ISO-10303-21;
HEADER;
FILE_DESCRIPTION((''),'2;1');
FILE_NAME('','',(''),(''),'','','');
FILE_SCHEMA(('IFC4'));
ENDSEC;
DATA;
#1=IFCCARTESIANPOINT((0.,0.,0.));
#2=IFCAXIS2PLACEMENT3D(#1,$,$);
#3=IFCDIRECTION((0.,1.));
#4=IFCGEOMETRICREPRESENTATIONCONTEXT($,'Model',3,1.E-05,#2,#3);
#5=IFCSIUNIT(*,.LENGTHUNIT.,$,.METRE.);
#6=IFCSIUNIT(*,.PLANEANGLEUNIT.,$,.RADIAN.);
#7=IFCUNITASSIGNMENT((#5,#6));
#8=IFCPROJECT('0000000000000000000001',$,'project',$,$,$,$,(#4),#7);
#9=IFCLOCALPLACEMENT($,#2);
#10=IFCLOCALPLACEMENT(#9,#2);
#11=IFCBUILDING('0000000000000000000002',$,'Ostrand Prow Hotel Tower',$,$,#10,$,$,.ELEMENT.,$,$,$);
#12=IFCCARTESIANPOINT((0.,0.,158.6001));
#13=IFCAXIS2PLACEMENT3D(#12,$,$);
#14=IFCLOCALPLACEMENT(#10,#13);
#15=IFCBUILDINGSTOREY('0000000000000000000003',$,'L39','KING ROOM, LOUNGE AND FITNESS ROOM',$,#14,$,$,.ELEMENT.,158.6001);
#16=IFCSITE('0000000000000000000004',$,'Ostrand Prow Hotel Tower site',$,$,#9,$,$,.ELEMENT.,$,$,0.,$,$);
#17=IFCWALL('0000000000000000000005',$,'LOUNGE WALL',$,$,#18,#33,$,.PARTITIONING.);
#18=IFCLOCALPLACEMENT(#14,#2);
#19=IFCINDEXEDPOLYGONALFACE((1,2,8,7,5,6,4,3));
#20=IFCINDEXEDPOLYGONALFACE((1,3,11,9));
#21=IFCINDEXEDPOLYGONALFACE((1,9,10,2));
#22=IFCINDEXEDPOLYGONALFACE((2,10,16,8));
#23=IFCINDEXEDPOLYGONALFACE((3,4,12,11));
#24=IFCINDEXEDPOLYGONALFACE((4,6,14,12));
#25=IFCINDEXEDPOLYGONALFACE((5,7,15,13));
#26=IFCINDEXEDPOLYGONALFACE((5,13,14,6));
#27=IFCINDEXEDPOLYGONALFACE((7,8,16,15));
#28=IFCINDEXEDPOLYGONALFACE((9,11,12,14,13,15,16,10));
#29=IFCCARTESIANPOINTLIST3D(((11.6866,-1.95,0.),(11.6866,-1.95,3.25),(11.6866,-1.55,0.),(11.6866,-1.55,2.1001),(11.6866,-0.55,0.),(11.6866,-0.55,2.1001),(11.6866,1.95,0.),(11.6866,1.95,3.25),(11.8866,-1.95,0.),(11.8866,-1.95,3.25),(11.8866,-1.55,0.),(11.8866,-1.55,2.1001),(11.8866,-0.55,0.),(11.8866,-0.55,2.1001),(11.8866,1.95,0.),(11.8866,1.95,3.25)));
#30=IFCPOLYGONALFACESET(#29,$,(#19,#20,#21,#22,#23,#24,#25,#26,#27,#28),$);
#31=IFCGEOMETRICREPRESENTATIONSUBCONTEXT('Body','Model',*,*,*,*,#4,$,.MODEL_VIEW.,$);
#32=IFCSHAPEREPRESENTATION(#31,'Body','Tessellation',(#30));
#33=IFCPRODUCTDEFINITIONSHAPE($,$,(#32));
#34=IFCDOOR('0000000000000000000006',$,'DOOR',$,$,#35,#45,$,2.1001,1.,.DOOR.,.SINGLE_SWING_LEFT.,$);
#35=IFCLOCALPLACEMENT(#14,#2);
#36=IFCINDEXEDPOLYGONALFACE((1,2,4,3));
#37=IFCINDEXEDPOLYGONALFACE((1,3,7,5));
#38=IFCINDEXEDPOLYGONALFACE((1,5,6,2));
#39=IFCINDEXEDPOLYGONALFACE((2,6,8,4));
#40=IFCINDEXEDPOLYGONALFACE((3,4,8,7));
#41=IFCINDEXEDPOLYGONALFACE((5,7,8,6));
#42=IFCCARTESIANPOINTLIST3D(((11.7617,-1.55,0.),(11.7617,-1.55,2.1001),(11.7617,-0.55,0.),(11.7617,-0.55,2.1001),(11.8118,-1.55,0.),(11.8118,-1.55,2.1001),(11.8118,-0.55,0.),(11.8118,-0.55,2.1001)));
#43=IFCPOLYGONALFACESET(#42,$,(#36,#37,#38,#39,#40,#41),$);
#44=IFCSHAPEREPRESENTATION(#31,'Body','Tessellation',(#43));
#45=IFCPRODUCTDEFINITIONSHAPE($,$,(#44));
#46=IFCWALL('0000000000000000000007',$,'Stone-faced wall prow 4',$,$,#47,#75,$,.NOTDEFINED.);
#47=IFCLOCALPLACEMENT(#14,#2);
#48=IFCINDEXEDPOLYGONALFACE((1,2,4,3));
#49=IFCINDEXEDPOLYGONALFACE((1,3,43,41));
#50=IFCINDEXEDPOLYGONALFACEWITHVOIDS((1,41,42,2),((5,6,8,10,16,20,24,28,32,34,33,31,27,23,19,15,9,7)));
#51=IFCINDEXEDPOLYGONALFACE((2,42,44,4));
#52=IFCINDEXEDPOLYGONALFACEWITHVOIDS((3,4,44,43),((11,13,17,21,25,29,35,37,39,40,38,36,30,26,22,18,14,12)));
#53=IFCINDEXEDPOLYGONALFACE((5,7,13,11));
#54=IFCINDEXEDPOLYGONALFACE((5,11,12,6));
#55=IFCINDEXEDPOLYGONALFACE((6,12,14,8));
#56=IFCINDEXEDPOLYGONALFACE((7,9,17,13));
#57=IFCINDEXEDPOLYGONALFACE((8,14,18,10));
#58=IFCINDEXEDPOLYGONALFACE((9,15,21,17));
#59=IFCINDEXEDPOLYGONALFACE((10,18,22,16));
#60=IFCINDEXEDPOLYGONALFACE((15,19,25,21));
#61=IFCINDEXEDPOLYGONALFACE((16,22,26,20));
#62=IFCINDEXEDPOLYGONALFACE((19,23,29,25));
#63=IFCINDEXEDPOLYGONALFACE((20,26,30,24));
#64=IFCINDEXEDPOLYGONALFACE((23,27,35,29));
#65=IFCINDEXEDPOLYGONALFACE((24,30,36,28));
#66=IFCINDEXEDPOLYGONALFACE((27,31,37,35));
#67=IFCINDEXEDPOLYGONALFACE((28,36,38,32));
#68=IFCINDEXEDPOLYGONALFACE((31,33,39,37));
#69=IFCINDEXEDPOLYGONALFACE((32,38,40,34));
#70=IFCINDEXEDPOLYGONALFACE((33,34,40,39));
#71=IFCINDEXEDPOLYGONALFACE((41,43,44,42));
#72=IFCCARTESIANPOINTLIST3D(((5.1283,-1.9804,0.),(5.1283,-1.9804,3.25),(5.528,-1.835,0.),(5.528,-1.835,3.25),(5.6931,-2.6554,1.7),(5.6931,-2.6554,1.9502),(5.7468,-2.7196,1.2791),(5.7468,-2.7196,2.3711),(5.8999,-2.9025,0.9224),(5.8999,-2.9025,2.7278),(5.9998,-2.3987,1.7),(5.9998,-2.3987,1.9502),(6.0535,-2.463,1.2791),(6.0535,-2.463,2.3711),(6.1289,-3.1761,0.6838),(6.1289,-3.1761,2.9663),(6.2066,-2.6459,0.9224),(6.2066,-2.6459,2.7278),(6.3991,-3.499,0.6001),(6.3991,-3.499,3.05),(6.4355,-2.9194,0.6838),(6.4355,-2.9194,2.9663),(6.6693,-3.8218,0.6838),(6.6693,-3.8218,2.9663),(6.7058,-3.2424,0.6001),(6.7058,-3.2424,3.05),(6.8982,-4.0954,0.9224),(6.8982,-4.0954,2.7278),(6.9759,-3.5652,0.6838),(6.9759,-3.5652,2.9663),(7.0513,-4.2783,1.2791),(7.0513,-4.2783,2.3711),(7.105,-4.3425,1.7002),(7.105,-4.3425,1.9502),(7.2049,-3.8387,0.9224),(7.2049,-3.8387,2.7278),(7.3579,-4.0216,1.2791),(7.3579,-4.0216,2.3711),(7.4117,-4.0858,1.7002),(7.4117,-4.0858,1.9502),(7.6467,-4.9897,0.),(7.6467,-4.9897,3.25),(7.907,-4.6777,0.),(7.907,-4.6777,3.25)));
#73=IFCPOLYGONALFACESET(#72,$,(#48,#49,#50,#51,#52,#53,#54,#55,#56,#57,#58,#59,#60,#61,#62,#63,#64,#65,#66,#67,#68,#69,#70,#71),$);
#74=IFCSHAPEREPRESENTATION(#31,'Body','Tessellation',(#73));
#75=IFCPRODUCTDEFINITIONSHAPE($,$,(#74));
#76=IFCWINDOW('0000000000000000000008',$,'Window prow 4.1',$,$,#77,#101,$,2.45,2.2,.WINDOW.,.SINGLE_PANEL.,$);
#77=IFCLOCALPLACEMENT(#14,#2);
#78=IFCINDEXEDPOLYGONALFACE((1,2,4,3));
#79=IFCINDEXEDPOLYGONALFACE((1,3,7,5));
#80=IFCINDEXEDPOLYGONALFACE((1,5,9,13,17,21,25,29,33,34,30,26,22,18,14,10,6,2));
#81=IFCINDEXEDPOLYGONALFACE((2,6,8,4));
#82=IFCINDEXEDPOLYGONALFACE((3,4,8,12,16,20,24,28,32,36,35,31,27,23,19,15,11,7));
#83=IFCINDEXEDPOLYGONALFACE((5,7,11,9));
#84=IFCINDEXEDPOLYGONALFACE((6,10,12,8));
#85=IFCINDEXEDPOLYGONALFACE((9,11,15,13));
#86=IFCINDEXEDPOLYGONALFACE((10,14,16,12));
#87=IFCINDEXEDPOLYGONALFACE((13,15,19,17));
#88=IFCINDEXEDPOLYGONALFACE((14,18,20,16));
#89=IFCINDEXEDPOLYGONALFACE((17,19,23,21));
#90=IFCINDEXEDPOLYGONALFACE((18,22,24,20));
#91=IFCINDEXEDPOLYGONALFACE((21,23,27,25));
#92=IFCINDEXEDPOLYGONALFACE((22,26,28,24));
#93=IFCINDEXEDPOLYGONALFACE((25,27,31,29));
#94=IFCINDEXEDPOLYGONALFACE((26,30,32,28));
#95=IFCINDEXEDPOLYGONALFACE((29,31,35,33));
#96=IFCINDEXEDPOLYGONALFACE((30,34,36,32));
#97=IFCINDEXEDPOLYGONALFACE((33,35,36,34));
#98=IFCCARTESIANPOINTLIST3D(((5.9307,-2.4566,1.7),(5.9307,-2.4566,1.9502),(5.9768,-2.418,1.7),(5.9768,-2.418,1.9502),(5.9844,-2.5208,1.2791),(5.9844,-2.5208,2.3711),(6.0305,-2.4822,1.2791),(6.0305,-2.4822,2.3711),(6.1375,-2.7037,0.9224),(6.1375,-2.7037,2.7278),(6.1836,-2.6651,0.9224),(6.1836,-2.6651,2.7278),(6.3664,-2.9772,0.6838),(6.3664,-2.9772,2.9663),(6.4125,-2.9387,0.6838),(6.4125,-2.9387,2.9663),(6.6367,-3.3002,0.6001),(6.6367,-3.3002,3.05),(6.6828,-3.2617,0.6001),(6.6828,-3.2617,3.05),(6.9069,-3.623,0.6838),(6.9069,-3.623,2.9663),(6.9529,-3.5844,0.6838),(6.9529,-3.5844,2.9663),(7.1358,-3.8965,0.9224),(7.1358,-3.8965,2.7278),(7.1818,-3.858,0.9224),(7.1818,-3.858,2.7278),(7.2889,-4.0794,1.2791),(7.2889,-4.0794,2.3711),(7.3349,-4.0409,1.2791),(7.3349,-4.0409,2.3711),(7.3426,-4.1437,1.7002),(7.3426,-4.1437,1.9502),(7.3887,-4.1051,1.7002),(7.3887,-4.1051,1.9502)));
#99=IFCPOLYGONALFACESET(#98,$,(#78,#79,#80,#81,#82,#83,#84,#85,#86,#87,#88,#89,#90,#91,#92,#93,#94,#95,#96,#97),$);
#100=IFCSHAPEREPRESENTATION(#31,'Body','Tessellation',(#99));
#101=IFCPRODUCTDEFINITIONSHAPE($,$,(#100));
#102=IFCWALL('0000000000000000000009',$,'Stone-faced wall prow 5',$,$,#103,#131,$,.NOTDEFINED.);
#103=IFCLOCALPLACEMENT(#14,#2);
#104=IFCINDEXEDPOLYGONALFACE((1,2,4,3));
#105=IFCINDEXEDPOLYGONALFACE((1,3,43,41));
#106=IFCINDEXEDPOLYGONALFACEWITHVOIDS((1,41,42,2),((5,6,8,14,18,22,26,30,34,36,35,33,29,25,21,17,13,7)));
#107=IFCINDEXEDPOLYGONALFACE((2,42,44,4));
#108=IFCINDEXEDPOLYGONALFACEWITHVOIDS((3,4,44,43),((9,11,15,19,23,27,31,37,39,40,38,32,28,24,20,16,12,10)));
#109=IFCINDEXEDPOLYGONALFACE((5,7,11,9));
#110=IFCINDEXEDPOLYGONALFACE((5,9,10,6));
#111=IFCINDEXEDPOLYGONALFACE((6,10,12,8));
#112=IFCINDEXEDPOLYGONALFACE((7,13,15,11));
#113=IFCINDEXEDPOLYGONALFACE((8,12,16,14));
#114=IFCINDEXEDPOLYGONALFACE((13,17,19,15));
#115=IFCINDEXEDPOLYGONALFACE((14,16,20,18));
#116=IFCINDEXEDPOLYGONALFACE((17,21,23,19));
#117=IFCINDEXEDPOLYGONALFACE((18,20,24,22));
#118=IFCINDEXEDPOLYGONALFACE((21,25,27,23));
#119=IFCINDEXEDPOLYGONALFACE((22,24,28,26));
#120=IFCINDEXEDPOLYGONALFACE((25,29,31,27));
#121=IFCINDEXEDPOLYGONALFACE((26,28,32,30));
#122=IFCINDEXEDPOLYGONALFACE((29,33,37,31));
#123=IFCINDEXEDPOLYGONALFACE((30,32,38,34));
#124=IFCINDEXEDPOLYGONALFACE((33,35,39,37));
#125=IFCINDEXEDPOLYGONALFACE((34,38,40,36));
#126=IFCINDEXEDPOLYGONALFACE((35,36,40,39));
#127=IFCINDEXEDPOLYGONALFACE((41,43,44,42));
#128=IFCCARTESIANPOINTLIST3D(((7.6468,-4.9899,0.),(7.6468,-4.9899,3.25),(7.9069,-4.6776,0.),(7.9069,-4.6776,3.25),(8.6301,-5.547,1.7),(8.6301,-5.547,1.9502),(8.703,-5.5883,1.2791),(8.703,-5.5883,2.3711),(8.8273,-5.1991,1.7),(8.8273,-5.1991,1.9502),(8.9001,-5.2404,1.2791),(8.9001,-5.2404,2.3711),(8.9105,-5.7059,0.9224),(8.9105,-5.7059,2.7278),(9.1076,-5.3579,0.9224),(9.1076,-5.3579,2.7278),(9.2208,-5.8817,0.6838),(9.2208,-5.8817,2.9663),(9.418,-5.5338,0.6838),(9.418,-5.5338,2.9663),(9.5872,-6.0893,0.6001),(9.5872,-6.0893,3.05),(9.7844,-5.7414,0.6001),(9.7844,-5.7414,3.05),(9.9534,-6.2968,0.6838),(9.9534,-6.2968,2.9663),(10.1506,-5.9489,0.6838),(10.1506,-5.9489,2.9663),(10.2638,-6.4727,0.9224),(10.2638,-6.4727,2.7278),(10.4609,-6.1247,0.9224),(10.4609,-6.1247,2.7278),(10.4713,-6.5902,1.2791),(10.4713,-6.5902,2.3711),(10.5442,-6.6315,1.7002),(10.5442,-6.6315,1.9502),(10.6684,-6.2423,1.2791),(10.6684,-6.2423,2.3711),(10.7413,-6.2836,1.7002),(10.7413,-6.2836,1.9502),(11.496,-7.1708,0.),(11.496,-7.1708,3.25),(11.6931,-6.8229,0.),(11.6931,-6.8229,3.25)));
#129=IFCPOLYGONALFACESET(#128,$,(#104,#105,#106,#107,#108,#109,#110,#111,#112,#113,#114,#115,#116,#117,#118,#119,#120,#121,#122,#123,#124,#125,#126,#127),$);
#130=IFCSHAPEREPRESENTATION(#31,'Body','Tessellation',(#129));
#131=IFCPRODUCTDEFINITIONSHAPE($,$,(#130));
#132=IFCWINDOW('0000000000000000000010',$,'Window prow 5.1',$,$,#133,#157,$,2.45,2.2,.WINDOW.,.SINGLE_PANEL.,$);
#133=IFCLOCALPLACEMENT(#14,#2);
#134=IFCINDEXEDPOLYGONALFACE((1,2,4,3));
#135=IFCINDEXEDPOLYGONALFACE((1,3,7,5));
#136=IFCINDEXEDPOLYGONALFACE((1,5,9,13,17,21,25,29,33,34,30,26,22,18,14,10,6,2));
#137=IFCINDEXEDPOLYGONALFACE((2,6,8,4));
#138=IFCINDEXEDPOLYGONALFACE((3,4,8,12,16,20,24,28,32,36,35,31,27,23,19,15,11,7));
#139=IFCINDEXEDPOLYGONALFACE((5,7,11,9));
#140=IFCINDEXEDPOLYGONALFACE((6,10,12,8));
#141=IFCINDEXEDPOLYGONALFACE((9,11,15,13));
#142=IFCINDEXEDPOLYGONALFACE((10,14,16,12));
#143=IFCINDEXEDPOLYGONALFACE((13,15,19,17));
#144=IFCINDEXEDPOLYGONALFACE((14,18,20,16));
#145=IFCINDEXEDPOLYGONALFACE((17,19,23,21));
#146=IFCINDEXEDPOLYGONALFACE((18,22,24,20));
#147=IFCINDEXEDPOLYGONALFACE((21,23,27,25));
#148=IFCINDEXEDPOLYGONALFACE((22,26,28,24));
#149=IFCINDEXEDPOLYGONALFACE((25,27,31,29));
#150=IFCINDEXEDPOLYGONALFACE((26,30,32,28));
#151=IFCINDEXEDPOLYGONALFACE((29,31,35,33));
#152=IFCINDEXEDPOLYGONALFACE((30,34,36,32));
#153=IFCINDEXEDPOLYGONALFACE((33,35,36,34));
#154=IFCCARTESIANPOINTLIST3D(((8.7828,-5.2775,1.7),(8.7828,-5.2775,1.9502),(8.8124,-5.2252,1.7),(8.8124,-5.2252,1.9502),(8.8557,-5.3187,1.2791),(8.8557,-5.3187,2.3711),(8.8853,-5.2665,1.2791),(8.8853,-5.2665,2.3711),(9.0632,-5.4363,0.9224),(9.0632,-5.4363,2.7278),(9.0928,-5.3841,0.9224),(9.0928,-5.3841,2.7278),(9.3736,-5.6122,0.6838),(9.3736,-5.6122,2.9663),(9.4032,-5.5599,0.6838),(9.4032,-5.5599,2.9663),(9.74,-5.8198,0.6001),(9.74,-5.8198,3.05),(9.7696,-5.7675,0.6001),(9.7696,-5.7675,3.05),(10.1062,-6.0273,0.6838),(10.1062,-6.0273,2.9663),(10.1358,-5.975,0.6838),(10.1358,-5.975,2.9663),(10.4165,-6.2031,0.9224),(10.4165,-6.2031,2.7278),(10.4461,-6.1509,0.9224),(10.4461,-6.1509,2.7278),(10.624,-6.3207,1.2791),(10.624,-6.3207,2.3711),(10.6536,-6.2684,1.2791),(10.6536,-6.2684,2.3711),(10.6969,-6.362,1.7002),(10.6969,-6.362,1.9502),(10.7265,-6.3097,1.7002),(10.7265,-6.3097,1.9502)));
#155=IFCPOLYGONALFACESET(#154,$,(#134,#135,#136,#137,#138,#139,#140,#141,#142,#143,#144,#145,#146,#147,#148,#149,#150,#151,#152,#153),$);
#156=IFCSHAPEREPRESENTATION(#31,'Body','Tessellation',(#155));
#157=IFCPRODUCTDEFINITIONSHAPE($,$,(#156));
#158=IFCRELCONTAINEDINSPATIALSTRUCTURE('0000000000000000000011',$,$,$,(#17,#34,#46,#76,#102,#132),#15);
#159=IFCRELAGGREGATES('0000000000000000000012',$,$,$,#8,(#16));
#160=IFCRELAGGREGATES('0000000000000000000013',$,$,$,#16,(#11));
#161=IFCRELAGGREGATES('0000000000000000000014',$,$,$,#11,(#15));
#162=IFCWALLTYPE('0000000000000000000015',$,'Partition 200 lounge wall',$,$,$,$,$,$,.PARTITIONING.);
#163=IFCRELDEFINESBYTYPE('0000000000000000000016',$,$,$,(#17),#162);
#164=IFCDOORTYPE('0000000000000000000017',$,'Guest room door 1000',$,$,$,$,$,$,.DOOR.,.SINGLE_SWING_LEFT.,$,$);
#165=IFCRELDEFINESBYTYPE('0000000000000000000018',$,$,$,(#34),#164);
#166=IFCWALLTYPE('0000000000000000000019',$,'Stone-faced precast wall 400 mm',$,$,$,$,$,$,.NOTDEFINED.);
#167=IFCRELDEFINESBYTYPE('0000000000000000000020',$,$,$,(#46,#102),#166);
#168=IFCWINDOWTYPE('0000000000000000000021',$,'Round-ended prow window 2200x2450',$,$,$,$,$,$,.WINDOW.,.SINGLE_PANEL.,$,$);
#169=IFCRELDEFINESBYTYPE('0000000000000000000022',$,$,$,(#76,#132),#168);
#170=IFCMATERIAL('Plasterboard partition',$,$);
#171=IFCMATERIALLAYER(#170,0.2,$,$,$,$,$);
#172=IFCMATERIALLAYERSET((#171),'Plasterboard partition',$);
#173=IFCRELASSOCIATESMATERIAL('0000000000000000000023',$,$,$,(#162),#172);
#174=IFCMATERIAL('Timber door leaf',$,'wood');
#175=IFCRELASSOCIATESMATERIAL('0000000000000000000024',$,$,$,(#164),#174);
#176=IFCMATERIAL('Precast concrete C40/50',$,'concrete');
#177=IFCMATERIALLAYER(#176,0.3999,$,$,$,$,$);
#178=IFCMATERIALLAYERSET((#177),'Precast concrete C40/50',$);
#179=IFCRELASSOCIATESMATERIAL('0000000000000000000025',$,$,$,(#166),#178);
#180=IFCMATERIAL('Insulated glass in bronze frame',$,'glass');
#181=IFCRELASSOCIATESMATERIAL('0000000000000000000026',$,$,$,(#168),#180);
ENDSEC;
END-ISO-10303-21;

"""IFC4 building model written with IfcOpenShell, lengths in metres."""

from ifc_helpers import new_model, si_unit, direction, frame, frame_2d, origin, place, context, subcontext, project, spatial, polyline, rectangle, outline, extrude, material, layer, layer_set, type_object, element, fill, save


model = new_model("IFC4")

# Units and contexts
model_context = context("Model", 3, precision=1e-05, world=origin(), true_north=direction((0.0, 1.0)))
body_context = subcontext(model_context, "Body", "Model", "MODEL_VIEW")
ifc_project = project(units=[si_unit("LENGTHUNIT", "METRE"), si_unit("PLANEANGLEUNIT", "RADIAN")], contexts=[model_context])

# Site, building, storey
site_placement = place(None, origin())
site = spatial("IfcSite", under=ifc_project, at=site_placement, Name="Ostrand Prow Hotel Tower site", CompositionType="ELEMENT", RefElevation=0.0)
building_placement = place(site_placement, origin())
building = spatial("IfcBuilding", under=site, at=building_placement, Name="Ostrand Prow Hotel Tower", CompositionType="ELEMENT")
storey_placement = place(building_placement, frame((0.0, 0.0, 158.6001)))
storey = spatial("IfcBuildingStorey", under=building, at=storey_placement, Name="L39", Description="KING ROOM, LOUNGE AND FITNESS ROOM", CompositionType="ELEMENT", Elevation=158.6001)

# Wall, opening, door
ifc_material_1 = material(Name="Plasterboard partition")
ifc_layer_1 = layer(ifc_material_1, 0.2)
ifc_layer_set_1 = layer_set([ifc_layer_1], Name="Plasterboard partition")
wall_type_1 = type_object("IfcWallType", Name="Partition 200 lounge wall", PredefinedType="PARTITIONING", material=ifc_layer_set_1)
wall_1_placement = place(storey_placement, frame((11.7866, -1.95, 0.0), z_axis=(0.0, 0.0, 1.0), x_axis=(0.0, 1.0, 0.0)))
wall_1 = element("IfcWall", 1, at=wall_1_placement, inside=storey, type_object=wall_type_1, Name="LOUNGE WALL", PredefinedType="PARTITIONING", context=body_context, shape_type="SweptSolid", body=[
    extrude(rectangle(XDim=3.8999, YDim=0.2, at=frame_2d((1.95, 0.0))), origin(), (0.0, 0.0, 1.0), 3.25),
])
opening_1_placement = place(wall_1_placement, frame((0.3999, 0.0, 0.0)))
opening_1 = element("IfcOpeningElement", 2, at=opening_1_placement, cuts=wall_1, PredefinedType="OPENING", context=body_context, shape_type="SweptSolid", body=[
    extrude(rectangle(XDim=1.0, YDim=2.1001, at=frame_2d((0.5, 1.05))), frame((0.0, 0.1099, 0.0), z_axis=(0.0, -1.0, 0.0), x_axis=(1.0, 0.0, 0.0)), (0.0, 0.0, 1.0), 0.22),
])
ifc_material_2 = material(Name="Timber door leaf", Category="wood")
door_type_1 = type_object("IfcDoorType", Name="Guest room door 1000", OperationType="SINGLE_SWING_LEFT", PredefinedType="DOOR", material=ifc_material_2)
door_1_placement = place(opening_1_placement, origin())
door_1 = element("IfcDoor", 3, at=door_1_placement, inside=storey, type_object=door_type_1, Name="DOOR", OperationType="SINGLE_SWING_LEFT", OverallHeight=2.1001, OverallWidth=1.0, PredefinedType="DOOR", context=body_context, shape_type="SweptSolid", body=[
    extrude(rectangle(XDim=1.0, YDim=2.1001, at=frame_2d((0.5, 1.05))), frame((0.0, 0.0249, 0.0), z_axis=(0.0, -1.0, 0.0), x_axis=(1.0, 0.0, 0.0)), (0.0, 0.0, 1.0), 0.05),
])
fill(opening_1, door_1)

# Walls, openings, windows
ifc_material_3 = material(Name="Precast concrete C40/50", Category="concrete")
ifc_layer_2 = layer(ifc_material_3, 0.3999)
ifc_layer_set_2 = layer_set([ifc_layer_2], Name="Precast concrete C40/50")
wall_type_2 = type_object("IfcWallType", Name="Stone-faced precast wall 400 mm", PredefinedType="NOTDEFINED", material=ifc_layer_set_2)
wall_2_placement = place(storey_placement, frame((5.3281, -1.9077, 0.0), z_axis=(0.0, 0.0, 1.0), x_axis=(0.641788, -0.766882, 0.0)))
wall_2 = element("IfcWall", 4, at=wall_2_placement, inside=storey, type_object=wall_type_2, Name="Stone-faced wall prow 4", PredefinedType="NOTDEFINED", context=body_context, shape_type="SweptSolid", body=[
    extrude(outline(polyline([(-0.0725, -0.2), (3.8516, -0.2), (3.7793, 0.2), (0.0725, 0.2), (-0.0725, -0.2)])), origin(), (0.0, 0.0, 1.0), 3.25),
])
opening_2_placement = place(wall_2_placement, frame((0.8076, 0.0, 0.6001)))
opening_2 = element("IfcOpeningElement", 5, at=opening_2_placement, cuts=wall_2, PredefinedType="OPENING", context=body_context, shape_type="SweptSolid", body=[
    extrude(outline(polyline([(0.0, 1.3501), (0.0837, 1.771), (0.3223, 2.1277), (0.679, 2.3662), (1.1001, 2.45), (1.521, 2.3662), (1.8777, 2.1277), (2.1162, 1.771), (2.2, 1.3501), (2.2, 1.1001), (2.1162, 0.679), (1.8777, 0.3223), (1.521, 0.0837), (1.1001, 0.0), (0.679, 0.0837), (0.3223, 0.3223), (0.0837, 0.679), (0.0, 1.0999), (0.0, 1.3501)])), frame((0.0, 0.21, 0.0), z_axis=(0.0, -1.0, 0.0), x_axis=(1.0, 0.0, 0.0)), (0.0, 0.0, 1.0), 0.4199),
])
ifc_material_4 = material(Name="Insulated glass in bronze frame", Category="glass")
window_type = type_object("IfcWindowType", Name="Round-ended prow window 2200x2450", PartitioningType="SINGLE_PANEL", PredefinedType="WINDOW", material=ifc_material_4)
window_1_placement = place(opening_2_placement, origin())
window_1 = element("IfcWindow", 6, at=window_1_placement, inside=storey, type_object=window_type, Name="Window prow 4.1", OverallHeight=2.45, OverallWidth=2.2, PartitioningType="SINGLE_PANEL", PredefinedType="WINDOW", context=body_context, shape_type="SweptSolid", body=[
    extrude(outline(polyline([(0.0, 1.3501), (0.0837, 1.771), (0.3223, 2.1277), (0.679, 2.3662), (1.1001, 2.45), (1.521, 2.3662), (1.8777, 2.1277), (2.1162, 1.771), (2.2, 1.3501), (2.2, 1.1001), (2.1162, 0.679), (1.8777, 0.3223), (1.521, 0.0837), (1.1001, 0.0), (0.679, 0.0837), (0.3223, 0.3223), (0.0837, 0.679), (0.0, 1.0999), (0.0, 1.3501)])), frame((0.0, 0.1699, 0.0), z_axis=(0.0, -1.0, 0.0), x_axis=(1.0, 0.0, 0.0)), (0.0, 0.0, 1.0), 0.0601),
])
fill(opening_2, window_1)
wall_3_placement = place(storey_placement, frame((7.7769, -4.8337, 0.0), z_axis=(0.0, 0.0, 1.0), x_axis=(0.870045, -0.492972, 0.0)))
wall_3 = element("IfcWall", 7, at=wall_3_placement, inside=storey, type_object=wall_type_2, Name="Stone-faced wall prow 5", PredefinedType="NOTDEFINED", context=body_context, shape_type="SweptSolid", body=[
    extrude(outline(polyline([(-0.0361, -0.2), (4.3879, -0.2), (4.3879, 0.2), (0.0361, 0.2), (-0.0361, -0.2)])), origin(), (0.0, 0.0, 1.0), 3.25),
])
opening_3_placement = place(wall_3_placement, frame((1.094, 0.0, 0.6001)))
opening_3 = element("IfcOpeningElement", 8, at=opening_3_placement, cuts=wall_3, PredefinedType="OPENING", context=body_context, shape_type="SweptSolid", body=[
    extrude(outline(polyline([(0.0, 1.3501), (0.0837, 1.771), (0.3223, 2.1277), (0.679, 2.3662), (1.1001, 2.45), (1.521, 2.3662), (1.8777, 2.1277), (2.1162, 1.771), (2.2, 1.3501), (2.2, 1.1001), (2.1162, 0.679), (1.8777, 0.3223), (1.521, 0.0837), (1.1001, 0.0), (0.679, 0.0837), (0.3223, 0.3223), (0.0837, 0.679), (0.0, 1.0999), (0.0, 1.3501)])), frame((0.0, 0.21, 0.0), z_axis=(0.0, -1.0, 0.0), x_axis=(1.0, 0.0, 0.0)), (0.0, 0.0, 1.0), 0.4199),
])
window_2_placement = place(opening_3_placement, origin())
window_2 = element("IfcWindow", 9, at=window_2_placement, inside=storey, type_object=window_type, Name="Window prow 5.1", OverallHeight=2.45, OverallWidth=2.2, PartitioningType="SINGLE_PANEL", PredefinedType="WINDOW", context=body_context, shape_type="SweptSolid", body=[
    extrude(outline(polyline([(0.0, 1.3501), (0.0837, 1.771), (0.3223, 2.1277), (0.679, 2.3662), (1.1001, 2.45), (1.521, 2.3662), (1.8777, 2.1277), (2.1162, 1.771), (2.2, 1.3501), (2.2, 1.1001), (2.1162, 0.679), (1.8777, 0.3223), (1.521, 0.0837), (1.1001, 0.0), (0.679, 0.0837), (0.3223, 0.3223), (0.0837, 0.679), (0.0, 1.0999), (0.0, 1.3501)])), frame((0.0, 0.1699, 0.0), z_axis=(0.0, -1.0, 0.0), x_axis=(1.0, 0.0, 0.0)), (0.0, 0.0, 1.0), 0.0601),
])
fill(opening_3, window_2)

save(model, "model.ifc")
